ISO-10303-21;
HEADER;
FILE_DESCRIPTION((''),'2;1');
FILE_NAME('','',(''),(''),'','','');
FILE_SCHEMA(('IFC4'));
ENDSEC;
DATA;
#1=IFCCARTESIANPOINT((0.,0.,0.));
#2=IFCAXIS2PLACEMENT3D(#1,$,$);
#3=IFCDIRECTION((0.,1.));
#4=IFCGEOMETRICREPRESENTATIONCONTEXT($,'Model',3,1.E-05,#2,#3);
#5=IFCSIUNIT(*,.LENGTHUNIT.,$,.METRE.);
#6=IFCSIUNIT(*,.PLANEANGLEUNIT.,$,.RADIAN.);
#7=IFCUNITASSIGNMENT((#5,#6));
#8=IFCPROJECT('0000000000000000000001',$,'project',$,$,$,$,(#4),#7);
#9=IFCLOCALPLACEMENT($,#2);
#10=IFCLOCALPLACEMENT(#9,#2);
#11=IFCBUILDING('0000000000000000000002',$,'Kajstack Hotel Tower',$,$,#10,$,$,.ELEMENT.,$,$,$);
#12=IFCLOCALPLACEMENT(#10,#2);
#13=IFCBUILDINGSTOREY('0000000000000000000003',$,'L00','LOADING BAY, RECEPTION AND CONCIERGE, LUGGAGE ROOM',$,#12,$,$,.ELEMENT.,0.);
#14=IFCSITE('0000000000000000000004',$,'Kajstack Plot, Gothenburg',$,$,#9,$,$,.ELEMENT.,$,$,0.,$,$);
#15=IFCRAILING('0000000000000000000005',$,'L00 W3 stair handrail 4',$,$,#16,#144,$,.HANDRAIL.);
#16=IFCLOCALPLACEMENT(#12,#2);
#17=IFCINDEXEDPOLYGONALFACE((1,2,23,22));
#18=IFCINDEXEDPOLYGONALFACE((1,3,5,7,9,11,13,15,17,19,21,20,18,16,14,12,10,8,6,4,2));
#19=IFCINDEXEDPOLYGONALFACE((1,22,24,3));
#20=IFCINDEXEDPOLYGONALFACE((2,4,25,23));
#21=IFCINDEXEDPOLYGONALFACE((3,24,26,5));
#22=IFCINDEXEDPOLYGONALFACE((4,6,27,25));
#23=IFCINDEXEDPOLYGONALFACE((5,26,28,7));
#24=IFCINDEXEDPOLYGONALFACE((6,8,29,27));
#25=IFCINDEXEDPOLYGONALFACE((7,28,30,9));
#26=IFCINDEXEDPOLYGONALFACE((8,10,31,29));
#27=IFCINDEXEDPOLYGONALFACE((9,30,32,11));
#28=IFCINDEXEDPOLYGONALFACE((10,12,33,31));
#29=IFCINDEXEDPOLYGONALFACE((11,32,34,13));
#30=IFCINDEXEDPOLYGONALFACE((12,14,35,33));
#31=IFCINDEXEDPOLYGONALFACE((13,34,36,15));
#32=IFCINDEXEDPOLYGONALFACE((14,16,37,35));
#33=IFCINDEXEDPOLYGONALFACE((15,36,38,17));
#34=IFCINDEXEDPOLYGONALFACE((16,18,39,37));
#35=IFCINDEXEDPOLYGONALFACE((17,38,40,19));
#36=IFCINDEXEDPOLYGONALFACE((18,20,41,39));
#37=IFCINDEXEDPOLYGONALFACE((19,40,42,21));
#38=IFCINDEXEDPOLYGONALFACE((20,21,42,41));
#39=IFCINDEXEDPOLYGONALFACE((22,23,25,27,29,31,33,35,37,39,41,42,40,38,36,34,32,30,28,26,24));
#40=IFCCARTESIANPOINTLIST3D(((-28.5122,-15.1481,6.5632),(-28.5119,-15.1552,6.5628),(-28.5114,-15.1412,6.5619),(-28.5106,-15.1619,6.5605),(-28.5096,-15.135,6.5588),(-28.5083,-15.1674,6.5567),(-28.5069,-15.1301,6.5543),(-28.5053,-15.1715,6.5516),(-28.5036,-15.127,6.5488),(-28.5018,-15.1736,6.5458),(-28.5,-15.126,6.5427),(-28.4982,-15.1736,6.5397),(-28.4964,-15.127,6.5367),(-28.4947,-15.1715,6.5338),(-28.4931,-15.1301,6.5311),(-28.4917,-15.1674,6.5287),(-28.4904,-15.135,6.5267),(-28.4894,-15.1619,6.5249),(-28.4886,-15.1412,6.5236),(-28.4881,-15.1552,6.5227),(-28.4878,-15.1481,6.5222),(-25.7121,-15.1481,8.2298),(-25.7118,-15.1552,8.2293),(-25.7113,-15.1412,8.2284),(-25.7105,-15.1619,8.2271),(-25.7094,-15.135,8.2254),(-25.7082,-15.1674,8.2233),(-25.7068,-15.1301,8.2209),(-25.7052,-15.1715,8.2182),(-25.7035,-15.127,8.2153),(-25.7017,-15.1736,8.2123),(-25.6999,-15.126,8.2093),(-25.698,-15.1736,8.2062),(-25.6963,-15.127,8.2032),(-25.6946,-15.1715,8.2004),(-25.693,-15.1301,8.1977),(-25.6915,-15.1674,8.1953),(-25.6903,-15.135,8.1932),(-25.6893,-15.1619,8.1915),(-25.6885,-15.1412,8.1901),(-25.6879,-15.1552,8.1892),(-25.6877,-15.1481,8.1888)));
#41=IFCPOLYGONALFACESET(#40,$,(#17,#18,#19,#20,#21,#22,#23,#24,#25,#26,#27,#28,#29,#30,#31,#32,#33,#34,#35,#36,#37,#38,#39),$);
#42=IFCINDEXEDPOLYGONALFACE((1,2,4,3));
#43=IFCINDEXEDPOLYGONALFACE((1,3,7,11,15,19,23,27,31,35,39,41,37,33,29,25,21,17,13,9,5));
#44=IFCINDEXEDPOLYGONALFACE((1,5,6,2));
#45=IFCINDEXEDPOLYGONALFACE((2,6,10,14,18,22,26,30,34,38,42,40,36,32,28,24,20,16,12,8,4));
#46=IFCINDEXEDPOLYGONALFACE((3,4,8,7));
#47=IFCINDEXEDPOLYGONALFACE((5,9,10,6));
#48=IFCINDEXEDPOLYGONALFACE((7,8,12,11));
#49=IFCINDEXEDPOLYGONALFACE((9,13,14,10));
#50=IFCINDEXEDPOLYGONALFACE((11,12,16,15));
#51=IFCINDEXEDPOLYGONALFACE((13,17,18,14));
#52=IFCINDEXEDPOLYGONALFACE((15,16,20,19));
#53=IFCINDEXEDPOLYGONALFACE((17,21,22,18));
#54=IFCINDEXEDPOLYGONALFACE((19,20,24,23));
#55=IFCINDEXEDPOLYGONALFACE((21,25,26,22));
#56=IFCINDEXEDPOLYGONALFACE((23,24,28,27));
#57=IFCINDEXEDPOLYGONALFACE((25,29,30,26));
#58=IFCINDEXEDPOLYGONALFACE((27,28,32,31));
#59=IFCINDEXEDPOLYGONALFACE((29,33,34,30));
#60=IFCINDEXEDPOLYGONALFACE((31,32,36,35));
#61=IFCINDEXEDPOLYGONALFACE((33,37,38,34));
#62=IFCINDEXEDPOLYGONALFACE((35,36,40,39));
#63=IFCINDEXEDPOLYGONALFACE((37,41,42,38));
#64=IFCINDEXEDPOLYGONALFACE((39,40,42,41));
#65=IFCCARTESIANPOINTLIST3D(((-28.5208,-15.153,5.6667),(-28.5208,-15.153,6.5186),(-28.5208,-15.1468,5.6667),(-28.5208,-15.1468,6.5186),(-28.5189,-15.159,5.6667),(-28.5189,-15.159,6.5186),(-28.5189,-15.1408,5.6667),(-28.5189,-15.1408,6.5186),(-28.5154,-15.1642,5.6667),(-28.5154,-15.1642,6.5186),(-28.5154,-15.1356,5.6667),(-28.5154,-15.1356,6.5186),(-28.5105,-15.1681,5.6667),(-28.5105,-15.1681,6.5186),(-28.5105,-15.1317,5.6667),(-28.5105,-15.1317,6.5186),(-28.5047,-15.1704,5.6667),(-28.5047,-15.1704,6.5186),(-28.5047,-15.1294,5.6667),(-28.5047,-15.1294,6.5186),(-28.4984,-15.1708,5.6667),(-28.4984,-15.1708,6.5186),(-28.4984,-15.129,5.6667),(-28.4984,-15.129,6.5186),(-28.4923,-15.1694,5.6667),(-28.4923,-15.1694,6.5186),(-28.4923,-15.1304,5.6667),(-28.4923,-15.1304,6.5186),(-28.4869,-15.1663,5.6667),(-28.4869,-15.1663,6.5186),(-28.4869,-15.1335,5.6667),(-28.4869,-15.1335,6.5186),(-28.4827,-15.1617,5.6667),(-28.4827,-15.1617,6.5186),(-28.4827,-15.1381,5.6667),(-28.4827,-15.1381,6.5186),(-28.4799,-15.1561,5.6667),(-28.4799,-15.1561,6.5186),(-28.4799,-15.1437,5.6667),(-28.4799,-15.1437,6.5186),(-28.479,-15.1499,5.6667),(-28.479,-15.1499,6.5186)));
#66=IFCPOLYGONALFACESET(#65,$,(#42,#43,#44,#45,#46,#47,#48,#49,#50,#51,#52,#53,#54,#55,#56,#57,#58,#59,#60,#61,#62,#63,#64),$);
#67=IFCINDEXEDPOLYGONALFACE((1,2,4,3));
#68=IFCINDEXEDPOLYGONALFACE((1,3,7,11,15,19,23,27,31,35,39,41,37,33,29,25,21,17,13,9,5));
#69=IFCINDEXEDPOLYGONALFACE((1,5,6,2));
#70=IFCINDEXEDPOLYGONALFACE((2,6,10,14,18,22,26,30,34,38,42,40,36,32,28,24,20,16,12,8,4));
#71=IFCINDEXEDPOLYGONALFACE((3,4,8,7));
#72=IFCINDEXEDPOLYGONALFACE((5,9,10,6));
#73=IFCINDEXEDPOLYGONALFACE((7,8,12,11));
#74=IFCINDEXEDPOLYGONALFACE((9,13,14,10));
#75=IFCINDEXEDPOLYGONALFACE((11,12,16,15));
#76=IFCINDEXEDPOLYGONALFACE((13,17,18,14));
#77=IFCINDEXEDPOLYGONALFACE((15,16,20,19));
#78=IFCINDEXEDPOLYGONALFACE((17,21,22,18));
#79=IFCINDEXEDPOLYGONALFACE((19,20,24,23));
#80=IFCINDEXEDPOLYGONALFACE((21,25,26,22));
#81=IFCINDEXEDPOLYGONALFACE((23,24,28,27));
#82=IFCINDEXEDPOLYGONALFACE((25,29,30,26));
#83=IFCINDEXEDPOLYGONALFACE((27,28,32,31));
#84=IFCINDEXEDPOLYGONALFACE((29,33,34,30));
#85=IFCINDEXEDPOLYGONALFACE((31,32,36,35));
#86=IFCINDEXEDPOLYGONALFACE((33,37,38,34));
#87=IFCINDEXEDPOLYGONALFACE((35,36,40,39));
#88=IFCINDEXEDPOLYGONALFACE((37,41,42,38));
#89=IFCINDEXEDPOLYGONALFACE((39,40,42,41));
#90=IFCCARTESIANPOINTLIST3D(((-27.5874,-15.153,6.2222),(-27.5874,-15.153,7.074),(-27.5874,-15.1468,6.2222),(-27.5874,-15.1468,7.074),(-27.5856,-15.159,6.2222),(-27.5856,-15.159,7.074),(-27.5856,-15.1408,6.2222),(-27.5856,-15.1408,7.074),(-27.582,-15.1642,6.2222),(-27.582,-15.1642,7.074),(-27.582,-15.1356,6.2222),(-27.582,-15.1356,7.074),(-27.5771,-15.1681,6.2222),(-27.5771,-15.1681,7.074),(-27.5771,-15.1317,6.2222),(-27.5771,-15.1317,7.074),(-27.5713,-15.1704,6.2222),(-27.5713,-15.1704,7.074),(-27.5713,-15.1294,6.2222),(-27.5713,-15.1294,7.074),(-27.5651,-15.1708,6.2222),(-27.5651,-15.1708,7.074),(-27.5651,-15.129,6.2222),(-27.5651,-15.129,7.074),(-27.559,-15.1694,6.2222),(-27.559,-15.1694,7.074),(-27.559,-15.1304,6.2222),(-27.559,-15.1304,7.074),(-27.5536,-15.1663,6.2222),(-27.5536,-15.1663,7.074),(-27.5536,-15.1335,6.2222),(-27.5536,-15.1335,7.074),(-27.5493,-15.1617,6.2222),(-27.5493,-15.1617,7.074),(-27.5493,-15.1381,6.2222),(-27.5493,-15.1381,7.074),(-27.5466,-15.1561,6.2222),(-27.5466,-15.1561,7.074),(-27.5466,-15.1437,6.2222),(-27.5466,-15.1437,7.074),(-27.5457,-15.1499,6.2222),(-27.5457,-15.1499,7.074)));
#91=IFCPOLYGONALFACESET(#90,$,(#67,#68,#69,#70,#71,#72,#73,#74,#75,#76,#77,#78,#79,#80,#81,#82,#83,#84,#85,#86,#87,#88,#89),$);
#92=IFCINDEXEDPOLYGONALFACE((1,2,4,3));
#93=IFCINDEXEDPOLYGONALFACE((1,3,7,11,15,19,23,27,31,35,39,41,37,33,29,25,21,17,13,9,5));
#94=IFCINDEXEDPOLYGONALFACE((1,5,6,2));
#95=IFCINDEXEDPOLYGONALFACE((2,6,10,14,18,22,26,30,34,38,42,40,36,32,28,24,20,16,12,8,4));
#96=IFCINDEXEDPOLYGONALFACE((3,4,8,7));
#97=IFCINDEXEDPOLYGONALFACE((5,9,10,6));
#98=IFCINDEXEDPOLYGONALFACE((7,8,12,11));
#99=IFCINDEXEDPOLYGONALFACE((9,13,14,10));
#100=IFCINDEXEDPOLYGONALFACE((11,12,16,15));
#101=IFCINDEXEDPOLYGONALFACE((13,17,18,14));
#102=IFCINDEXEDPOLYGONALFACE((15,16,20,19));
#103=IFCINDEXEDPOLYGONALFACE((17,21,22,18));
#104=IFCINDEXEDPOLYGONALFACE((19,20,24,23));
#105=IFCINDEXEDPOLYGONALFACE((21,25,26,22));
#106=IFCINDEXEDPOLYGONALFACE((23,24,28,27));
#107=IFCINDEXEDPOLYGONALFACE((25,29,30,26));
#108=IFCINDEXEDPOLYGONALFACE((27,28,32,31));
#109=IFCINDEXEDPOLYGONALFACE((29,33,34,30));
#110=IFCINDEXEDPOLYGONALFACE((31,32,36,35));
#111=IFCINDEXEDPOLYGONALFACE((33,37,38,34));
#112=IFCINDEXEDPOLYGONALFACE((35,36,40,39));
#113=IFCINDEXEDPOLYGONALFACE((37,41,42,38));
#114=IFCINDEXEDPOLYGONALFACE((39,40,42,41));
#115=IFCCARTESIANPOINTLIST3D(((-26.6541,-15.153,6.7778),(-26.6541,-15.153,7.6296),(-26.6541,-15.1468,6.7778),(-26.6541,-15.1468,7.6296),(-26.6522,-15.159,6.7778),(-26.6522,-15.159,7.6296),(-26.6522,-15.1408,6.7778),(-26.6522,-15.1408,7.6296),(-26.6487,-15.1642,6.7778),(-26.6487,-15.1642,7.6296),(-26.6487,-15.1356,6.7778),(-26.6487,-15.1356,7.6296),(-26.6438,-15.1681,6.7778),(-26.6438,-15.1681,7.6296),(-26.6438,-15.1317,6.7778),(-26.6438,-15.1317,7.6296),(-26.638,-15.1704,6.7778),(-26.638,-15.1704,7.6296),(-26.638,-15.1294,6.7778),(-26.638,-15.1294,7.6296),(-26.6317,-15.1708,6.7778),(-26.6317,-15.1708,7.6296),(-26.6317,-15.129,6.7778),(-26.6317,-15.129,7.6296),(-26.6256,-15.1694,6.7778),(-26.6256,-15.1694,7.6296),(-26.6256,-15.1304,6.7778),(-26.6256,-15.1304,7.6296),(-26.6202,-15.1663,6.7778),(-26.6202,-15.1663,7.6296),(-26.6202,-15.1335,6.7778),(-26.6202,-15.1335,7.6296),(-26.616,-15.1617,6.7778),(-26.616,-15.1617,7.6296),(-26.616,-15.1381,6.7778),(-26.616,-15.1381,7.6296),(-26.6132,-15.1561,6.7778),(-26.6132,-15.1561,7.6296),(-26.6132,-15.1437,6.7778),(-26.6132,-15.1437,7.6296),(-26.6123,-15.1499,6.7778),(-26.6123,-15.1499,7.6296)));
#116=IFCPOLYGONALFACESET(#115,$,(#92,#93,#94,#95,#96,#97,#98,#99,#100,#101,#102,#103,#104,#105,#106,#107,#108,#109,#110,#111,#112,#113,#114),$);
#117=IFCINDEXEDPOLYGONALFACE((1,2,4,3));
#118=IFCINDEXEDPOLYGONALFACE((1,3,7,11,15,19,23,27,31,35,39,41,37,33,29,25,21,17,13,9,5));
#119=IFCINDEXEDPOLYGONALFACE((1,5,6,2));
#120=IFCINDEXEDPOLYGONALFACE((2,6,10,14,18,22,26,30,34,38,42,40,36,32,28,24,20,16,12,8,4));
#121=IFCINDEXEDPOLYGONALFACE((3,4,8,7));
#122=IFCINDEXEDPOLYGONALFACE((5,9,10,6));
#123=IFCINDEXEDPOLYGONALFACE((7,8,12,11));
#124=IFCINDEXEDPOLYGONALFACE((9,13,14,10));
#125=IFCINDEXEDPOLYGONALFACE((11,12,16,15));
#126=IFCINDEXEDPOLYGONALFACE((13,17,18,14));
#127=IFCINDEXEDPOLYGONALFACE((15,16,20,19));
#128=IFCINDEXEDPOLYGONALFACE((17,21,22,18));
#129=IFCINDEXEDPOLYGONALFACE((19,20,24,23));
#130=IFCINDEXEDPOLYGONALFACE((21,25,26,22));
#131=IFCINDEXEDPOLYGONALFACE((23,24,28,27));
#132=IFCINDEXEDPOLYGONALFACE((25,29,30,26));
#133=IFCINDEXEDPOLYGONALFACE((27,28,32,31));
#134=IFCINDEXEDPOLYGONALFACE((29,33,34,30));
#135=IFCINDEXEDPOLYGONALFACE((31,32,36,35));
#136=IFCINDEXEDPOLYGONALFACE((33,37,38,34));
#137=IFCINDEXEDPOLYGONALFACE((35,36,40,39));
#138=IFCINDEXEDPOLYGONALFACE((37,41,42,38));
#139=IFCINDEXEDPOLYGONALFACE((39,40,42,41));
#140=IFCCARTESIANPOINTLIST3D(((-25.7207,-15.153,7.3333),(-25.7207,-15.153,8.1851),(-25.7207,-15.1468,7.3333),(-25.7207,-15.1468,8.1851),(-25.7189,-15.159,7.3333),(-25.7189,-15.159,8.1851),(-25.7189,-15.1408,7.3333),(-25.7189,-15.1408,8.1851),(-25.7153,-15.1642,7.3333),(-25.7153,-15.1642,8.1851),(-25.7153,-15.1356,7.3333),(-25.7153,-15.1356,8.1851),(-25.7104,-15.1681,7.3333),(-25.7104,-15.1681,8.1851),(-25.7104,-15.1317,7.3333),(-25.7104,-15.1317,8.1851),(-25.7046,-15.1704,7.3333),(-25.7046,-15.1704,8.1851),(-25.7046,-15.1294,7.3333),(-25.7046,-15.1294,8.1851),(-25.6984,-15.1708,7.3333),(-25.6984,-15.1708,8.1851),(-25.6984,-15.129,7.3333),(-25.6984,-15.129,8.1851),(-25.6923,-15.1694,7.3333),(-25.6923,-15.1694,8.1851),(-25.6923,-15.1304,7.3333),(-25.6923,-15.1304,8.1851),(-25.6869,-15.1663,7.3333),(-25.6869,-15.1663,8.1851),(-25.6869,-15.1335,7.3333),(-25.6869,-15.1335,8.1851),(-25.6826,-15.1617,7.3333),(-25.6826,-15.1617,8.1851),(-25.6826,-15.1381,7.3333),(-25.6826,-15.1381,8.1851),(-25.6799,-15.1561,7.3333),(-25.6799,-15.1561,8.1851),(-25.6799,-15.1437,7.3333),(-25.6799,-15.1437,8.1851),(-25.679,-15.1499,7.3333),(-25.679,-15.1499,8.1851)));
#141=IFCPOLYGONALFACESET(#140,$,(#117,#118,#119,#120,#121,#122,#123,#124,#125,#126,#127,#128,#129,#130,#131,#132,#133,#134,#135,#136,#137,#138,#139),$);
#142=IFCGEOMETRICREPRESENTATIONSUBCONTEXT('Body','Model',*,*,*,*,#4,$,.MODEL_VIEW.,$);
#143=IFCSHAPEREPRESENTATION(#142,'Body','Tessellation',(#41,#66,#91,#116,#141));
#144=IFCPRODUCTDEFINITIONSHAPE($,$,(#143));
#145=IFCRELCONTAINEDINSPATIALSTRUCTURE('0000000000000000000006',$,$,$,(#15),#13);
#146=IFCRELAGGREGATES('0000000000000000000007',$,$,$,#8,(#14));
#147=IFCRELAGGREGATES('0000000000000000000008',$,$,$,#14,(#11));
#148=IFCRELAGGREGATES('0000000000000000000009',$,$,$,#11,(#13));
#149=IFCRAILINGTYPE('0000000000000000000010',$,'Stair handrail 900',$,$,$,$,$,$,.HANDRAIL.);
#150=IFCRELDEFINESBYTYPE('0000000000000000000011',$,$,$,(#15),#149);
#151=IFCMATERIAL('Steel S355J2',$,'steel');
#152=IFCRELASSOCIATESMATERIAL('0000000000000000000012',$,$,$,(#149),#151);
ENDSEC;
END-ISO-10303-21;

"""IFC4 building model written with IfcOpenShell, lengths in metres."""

from ifc_helpers import new_model, si_unit, direction, frame, origin, origin_2d, place, context, subcontext, project, spatial, circle, extrude, material, type_object, element, save


model = new_model("IFC4")

# Units and contexts
model_context = context("Model", 3, precision=1e-05, world=origin(), true_north=direction((0.0, 1.0)))
body_context = subcontext(model_context, "Body", "Model", "MODEL_VIEW")
ifc_project = project(units=[si_unit("LENGTHUNIT", "METRE"), si_unit("PLANEANGLEUNIT", "RADIAN")], contexts=[model_context])

# Site, building, storey
site_placement = place(None, origin())
site = spatial("IfcSite", under=ifc_project, at=site_placement, Name="Kajstack Plot, Gothenburg", CompositionType="ELEMENT", RefElevation=0.0)
building_placement = place(site_placement, origin())
building = spatial("IfcBuilding", under=site, at=building_placement, Name="Kajstack Hotel Tower", CompositionType="ELEMENT")
storey_placement = place(building_placement, origin())
storey = spatial("IfcBuildingStorey", under=building, at=storey_placement, Name="L00", Description="LOADING BAY, RECEPTION AND CONCIERGE, LUGGAGE ROOM", CompositionType="ELEMENT", Elevation=0.0)

# Railing
ifc_material_1 = material(Name="Steel S355J2", Category="steel")
railing_type_1 = type_object("IfcRailingType", Name="Stair handrail 900", PredefinedType="HANDRAIL", material=ifc_material_1)
railing_1_placement = place(storey_placement, frame((-28.5, -15.1499, 5.6667)))
element("IfcRailing", 1, at=railing_1_placement, inside=storey, type_object=railing_type_1, Name="L00 W3 stair handrail 4", PredefinedType="HANDRAIL", context=body_context, shape_type="SweptSolid", body=[
    extrude(circle(Radius=0.0239, at=origin_2d()), frame((0.0, 0.0, 0.876), z_axis=(0.859319, 0.0, 0.51144), x_axis=(0.0, 1.0, 0.0)), (0.0, 0.0, 1.0), 3.2585),
    extrude(circle(Radius=0.021, at=origin_2d()), origin(), (0.0, 0.0, 1.0), 0.8518),
    extrude(circle(Radius=0.021, at=origin_2d()), frame((0.9333, 0.0, 0.5554)), (0.0, 0.0, 1.0), 0.8518),
    extrude(circle(Radius=0.021, at=origin_2d()), frame((1.8667, 0.0, 1.1111)), (0.0, 0.0, 1.0), 0.8518),
    extrude(circle(Radius=0.021, at=origin_2d()), frame((2.8, 0.0, 1.6665)), (0.0, 0.0, 1.0), 0.8518),
])

save(model, "model.ifc")
